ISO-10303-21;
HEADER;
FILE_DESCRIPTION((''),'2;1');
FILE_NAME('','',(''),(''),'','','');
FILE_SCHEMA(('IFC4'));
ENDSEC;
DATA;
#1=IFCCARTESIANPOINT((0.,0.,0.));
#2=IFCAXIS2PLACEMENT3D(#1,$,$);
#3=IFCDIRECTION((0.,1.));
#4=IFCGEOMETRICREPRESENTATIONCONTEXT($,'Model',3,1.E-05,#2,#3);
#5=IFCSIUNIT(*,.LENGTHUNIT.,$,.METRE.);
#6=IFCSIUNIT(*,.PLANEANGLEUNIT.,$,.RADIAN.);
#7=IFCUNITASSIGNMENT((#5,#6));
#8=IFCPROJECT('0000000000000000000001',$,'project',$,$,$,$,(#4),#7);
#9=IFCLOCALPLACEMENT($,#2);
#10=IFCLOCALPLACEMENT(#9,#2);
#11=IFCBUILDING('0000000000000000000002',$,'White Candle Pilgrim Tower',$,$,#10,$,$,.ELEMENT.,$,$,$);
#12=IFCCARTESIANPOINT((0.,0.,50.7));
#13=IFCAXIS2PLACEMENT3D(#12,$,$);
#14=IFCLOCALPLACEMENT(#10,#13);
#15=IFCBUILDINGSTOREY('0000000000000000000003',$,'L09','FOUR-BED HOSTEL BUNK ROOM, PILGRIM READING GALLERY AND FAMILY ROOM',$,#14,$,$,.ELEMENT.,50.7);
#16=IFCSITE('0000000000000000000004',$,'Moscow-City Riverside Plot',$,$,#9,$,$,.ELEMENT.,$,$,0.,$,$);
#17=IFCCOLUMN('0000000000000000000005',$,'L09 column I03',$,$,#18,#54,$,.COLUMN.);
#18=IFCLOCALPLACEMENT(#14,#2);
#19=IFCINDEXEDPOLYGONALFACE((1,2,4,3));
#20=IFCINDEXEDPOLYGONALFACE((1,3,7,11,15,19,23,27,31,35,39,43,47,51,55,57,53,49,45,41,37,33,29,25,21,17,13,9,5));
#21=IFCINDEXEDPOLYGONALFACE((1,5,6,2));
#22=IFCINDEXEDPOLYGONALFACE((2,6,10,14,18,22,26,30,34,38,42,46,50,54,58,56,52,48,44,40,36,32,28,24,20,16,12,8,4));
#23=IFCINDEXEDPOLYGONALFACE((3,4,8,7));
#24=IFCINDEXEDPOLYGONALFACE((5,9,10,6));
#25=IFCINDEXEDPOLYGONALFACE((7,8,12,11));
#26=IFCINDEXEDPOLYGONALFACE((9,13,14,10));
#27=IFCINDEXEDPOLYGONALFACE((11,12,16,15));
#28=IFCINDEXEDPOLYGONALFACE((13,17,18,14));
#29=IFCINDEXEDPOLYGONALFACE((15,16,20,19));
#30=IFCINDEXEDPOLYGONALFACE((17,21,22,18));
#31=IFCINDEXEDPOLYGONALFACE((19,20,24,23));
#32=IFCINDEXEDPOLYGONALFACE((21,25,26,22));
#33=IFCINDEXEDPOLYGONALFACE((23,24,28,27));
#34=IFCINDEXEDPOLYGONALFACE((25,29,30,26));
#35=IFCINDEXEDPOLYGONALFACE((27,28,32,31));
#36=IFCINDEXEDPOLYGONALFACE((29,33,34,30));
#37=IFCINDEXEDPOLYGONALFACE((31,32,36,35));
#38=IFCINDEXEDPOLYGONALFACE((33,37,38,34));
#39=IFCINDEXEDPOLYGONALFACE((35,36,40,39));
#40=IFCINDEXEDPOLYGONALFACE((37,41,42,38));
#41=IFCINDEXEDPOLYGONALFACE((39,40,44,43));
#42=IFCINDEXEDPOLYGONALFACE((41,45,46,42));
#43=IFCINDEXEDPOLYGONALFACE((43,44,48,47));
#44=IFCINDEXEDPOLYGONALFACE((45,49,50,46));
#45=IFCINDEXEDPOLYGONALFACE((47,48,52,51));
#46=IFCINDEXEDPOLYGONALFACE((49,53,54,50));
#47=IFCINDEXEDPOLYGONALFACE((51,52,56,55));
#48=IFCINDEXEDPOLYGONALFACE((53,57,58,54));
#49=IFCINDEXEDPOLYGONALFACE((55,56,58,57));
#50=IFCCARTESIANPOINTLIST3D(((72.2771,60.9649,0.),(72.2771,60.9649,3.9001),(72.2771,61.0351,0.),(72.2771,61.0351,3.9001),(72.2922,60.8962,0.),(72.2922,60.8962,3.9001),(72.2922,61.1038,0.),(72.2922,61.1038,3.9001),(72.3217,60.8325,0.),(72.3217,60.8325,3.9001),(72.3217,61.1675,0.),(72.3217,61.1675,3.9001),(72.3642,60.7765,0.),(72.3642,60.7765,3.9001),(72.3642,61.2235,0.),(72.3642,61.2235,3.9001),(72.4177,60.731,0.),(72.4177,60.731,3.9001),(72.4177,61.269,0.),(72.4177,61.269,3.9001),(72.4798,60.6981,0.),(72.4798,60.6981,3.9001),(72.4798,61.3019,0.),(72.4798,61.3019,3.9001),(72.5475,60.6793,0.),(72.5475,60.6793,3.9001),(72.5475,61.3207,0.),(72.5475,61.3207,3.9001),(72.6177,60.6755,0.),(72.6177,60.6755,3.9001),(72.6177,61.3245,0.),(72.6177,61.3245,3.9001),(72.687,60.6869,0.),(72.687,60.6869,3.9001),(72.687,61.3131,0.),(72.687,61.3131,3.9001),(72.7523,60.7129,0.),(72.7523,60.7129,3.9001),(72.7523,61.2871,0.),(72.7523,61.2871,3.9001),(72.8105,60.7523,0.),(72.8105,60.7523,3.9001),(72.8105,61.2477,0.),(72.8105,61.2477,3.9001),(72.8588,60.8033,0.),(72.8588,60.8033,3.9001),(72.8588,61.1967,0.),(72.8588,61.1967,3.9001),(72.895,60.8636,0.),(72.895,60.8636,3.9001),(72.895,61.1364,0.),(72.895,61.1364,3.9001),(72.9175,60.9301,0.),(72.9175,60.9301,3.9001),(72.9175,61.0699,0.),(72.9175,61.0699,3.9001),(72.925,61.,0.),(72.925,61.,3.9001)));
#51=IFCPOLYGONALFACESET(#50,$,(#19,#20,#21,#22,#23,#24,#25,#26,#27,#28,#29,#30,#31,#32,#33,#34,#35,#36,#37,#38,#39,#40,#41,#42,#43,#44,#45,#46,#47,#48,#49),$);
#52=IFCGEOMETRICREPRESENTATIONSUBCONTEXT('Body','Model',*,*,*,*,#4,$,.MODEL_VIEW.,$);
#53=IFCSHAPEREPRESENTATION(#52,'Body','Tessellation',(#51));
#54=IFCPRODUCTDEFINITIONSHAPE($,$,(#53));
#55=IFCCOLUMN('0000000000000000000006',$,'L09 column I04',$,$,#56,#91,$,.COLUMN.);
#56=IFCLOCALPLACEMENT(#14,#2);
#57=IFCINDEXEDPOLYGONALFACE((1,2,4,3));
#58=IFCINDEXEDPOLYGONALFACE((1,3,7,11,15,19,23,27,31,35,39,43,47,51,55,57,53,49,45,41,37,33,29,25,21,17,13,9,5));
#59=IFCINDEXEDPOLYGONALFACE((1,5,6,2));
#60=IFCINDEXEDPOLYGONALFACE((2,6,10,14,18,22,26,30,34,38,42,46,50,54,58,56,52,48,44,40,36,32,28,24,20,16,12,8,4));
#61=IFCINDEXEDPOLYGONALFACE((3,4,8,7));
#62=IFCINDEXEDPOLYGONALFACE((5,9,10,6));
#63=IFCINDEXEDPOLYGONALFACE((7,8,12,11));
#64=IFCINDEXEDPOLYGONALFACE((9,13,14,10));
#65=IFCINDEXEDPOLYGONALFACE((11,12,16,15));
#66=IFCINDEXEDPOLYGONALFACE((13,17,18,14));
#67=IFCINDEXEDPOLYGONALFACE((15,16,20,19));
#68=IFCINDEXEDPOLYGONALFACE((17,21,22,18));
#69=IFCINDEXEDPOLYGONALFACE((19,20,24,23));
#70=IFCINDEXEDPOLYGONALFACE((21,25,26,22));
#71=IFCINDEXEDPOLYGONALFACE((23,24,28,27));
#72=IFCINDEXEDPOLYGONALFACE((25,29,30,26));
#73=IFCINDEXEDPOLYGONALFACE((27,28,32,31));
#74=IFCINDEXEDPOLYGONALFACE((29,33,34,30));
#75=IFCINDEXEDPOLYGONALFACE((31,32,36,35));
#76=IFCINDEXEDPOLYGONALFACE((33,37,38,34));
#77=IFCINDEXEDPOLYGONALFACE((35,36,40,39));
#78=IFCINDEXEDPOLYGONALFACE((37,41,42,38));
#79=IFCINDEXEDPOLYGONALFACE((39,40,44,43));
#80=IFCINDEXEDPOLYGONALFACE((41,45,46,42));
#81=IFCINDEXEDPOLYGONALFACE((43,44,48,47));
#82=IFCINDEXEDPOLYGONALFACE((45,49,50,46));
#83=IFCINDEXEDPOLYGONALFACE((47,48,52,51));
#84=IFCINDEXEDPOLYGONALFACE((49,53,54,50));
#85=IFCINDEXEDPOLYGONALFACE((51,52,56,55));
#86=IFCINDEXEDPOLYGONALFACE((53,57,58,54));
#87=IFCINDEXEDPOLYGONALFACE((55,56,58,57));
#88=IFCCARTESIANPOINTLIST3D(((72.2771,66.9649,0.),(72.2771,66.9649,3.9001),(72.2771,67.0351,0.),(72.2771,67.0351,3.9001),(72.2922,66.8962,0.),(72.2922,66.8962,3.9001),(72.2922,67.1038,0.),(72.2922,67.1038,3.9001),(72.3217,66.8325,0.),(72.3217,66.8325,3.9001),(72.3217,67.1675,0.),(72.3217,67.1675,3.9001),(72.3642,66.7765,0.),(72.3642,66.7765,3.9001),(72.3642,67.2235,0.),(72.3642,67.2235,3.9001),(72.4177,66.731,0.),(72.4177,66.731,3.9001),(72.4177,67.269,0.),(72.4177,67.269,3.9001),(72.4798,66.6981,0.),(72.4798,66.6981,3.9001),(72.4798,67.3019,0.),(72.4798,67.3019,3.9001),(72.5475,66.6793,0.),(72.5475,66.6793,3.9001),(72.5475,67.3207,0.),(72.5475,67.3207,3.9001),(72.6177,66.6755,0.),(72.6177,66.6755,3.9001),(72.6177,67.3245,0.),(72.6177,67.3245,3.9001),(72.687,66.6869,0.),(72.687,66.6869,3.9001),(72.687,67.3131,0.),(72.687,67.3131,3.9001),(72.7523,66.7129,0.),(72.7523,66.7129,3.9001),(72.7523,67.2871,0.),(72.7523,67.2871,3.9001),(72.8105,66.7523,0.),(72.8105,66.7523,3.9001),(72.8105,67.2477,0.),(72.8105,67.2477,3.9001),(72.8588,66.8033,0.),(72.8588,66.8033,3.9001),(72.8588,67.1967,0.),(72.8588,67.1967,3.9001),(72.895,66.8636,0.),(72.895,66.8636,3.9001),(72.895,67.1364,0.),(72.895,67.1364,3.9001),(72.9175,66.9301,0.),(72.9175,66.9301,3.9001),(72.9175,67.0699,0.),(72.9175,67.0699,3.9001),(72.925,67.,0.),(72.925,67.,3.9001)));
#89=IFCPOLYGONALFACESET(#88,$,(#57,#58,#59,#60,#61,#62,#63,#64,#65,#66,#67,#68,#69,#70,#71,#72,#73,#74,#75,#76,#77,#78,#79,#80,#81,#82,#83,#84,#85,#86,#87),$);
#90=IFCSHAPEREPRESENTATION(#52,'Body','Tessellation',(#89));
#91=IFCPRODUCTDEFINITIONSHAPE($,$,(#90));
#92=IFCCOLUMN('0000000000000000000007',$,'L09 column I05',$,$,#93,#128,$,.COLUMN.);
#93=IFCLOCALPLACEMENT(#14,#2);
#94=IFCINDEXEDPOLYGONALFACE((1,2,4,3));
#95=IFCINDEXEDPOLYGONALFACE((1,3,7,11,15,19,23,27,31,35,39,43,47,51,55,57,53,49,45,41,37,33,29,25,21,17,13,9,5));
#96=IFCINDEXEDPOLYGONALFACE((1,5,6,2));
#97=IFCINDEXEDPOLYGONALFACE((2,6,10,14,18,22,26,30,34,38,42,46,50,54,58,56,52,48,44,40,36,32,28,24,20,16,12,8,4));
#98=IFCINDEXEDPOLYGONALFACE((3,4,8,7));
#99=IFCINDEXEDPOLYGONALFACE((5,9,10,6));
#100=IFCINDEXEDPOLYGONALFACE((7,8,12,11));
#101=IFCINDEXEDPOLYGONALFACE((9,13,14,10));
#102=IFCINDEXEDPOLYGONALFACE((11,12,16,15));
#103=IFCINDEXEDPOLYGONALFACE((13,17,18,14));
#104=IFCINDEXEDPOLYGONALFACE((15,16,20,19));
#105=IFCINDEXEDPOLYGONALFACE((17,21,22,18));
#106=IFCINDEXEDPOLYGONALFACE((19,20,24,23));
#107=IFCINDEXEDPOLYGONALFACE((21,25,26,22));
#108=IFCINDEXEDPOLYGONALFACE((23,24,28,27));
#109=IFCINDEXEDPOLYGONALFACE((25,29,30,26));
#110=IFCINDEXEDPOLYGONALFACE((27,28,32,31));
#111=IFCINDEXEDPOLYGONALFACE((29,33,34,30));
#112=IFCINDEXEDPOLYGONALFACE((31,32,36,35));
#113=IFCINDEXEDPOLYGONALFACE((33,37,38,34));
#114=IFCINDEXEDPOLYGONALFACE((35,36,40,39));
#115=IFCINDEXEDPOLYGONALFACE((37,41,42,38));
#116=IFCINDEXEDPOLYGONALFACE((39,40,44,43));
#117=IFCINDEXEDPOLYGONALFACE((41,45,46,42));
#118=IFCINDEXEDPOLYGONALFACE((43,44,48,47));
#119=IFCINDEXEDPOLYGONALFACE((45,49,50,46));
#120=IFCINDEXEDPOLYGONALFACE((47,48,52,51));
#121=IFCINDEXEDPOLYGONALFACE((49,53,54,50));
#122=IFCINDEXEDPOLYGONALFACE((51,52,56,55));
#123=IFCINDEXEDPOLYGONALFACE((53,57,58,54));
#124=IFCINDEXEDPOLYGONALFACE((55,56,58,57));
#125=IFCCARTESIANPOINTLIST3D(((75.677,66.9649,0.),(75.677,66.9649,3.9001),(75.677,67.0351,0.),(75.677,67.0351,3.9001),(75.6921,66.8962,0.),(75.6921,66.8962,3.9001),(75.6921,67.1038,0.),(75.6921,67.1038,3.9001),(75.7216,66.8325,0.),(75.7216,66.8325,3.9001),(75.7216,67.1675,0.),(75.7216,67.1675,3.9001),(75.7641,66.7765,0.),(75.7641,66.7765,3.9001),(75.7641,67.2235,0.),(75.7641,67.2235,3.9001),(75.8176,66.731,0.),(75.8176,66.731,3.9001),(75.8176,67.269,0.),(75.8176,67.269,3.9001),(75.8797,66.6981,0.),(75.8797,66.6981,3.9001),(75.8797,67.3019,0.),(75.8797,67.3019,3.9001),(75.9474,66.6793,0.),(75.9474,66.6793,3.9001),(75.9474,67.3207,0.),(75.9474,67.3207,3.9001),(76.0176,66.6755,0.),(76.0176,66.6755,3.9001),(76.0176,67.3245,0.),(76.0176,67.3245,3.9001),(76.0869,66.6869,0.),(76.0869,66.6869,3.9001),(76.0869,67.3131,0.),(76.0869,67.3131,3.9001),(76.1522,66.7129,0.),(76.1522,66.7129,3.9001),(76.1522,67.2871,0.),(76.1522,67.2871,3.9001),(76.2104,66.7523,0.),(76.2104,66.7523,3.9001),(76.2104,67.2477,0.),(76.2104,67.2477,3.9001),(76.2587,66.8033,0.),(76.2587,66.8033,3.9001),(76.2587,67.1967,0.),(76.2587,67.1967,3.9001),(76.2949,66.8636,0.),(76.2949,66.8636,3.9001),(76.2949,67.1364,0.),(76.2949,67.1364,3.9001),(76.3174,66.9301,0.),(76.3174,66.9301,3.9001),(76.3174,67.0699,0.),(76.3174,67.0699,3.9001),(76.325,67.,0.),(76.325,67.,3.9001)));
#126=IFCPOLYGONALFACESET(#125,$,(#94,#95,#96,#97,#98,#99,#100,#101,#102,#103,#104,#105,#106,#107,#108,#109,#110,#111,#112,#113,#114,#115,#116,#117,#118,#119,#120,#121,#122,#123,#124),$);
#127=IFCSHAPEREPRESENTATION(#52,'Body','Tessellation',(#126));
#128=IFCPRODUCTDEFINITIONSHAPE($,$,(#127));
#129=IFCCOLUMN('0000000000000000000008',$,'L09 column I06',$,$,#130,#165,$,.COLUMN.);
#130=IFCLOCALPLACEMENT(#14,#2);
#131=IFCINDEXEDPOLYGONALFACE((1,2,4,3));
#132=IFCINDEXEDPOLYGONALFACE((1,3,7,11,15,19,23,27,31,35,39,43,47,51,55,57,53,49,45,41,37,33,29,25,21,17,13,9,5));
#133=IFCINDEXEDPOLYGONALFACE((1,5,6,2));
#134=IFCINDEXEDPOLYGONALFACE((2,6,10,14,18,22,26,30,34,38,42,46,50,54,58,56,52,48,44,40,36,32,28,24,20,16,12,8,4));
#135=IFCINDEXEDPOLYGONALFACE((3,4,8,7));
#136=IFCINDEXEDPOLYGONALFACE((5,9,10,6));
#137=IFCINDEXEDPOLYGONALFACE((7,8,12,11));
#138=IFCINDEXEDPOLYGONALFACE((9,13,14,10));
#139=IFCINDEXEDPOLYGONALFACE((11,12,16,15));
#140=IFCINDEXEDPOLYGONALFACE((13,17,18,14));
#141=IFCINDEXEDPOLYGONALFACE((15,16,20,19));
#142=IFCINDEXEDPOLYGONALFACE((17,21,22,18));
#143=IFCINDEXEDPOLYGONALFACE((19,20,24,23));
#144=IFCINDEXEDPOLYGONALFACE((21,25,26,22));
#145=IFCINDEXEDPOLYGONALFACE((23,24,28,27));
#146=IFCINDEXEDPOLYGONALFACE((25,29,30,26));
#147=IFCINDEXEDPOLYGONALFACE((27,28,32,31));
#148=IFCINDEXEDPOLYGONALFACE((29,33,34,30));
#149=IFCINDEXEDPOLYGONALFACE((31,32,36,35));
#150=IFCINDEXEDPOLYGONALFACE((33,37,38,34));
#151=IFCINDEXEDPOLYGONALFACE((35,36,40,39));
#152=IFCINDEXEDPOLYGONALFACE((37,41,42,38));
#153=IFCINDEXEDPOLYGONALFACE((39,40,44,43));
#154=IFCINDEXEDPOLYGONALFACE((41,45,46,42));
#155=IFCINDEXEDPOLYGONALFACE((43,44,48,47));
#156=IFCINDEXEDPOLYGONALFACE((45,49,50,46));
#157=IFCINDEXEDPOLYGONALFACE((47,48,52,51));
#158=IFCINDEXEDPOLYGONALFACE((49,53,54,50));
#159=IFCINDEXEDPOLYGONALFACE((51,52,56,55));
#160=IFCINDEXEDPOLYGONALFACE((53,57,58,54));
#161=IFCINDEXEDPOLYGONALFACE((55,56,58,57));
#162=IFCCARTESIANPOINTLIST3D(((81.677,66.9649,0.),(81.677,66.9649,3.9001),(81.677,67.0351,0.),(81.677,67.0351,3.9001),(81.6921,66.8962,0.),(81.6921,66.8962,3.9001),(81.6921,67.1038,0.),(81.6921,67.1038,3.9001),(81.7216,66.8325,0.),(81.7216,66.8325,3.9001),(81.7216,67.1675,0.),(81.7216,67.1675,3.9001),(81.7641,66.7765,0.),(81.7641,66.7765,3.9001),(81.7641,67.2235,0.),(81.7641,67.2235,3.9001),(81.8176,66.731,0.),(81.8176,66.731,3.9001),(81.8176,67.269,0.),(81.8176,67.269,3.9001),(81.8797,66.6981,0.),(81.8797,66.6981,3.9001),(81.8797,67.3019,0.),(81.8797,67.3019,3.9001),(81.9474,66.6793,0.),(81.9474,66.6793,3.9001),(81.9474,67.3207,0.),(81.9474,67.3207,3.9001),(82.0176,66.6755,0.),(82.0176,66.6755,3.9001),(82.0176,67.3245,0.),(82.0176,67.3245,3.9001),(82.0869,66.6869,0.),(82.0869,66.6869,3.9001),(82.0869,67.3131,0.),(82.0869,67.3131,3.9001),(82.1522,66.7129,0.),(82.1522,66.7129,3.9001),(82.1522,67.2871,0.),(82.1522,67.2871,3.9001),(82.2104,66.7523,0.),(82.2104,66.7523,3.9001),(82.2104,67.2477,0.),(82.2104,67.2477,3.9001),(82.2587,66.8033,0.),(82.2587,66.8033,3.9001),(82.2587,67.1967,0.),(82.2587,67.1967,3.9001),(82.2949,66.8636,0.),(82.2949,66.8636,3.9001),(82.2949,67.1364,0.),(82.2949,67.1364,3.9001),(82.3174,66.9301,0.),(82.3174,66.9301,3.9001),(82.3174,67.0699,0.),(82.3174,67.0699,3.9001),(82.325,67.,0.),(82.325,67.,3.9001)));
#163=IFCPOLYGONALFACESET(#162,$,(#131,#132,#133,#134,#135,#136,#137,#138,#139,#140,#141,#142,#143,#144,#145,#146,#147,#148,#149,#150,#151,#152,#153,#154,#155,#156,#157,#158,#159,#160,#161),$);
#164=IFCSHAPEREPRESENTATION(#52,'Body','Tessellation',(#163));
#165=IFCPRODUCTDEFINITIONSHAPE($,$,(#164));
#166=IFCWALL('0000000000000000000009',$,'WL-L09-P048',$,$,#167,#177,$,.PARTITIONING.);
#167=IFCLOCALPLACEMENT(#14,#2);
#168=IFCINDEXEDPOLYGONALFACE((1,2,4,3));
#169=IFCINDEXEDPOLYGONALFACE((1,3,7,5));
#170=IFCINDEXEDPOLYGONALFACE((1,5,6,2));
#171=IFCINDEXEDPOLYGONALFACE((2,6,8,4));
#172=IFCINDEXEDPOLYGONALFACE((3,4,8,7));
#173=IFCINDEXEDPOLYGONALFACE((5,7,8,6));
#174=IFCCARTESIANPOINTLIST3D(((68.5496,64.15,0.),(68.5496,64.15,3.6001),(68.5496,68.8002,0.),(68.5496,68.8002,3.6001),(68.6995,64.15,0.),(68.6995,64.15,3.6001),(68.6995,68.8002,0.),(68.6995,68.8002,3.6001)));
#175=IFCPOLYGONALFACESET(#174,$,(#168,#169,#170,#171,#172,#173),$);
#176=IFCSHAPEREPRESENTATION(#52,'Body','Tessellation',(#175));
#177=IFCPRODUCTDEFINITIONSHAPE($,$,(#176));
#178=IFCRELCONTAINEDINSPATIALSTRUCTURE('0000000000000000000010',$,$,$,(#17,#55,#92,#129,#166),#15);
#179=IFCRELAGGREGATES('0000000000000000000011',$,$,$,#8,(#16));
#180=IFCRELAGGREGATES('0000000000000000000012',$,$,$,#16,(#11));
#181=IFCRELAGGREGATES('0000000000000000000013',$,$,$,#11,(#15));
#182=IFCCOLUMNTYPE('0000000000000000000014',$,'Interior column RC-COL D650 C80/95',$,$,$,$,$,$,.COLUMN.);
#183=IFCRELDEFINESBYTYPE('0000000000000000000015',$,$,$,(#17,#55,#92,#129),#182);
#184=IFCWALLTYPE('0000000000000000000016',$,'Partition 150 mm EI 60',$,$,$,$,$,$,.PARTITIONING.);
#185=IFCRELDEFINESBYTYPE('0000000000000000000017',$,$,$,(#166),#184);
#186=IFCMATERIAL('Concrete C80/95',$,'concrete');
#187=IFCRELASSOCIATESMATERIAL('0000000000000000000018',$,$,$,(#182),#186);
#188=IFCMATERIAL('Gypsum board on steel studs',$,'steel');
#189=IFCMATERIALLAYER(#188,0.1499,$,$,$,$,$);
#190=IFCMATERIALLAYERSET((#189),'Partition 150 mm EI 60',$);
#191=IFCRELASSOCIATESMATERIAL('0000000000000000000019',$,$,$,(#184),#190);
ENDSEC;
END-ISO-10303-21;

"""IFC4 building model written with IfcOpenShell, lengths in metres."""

from ifc_helpers import new_model, si_unit, direction, frame, frame_2d, origin, origin_2d, place, context, subcontext, project, spatial, rectangle, circle, extrude, material, layer, layer_set, material_profile, profile_set, type_object, element, save


model = new_model("IFC4")

# Units and contexts
model_context = context("Model", 3, precision=1e-05, world=origin(), true_north=direction((0.0, 1.0)))
body_context = subcontext(model_context, "Body", "Model", "MODEL_VIEW")
ifc_project = project(units=[si_unit("LENGTHUNIT", "METRE"), si_unit("PLANEANGLEUNIT", "RADIAN")], contexts=[model_context])

# Site, building, storey
site_placement = place(None, origin())
site = spatial("IfcSite", under=ifc_project, at=site_placement, Name="Moscow-City Riverside Plot", CompositionType="ELEMENT", RefElevation=0.0)
building_placement = place(site_placement, origin())
building = spatial("IfcBuilding", under=site, at=building_placement, Name="White Candle Pilgrim Tower", CompositionType="ELEMENT")
storey_placement = place(building_placement, frame((0.0, 0.0, 50.7)))
storey = spatial("IfcBuildingStorey", under=building, at=storey_placement, Name="L09", Description="FOUR-BED HOSTEL BUNK ROOM, PILGRIM READING GALLERY AND FAMILY ROOM", CompositionType="ELEMENT", Elevation=50.7)

# Columns
ifc_material_1 = material(Name="Concrete C80/95", Category="concrete")
ifc_material_profile = material_profile(ifc_material_1, circle(Radius=0.325, at=origin_2d()), Name="RC-COL D650")
ifc_profile_set = profile_set([ifc_material_profile], Name="Concrete C80/95")
column_type = type_object("IfcColumnType", Name="Interior column RC-COL D650 C80/95", PredefinedType="COLUMN", material=ifc_profile_set)
for number, where, z_axis, x_axis, name in (
    (1, (72.6001, 61.0, 0.0), (0.0, 0.0, 1.0), (1.0, 0.0, 0.0), "L09 column I03"),
    (2, (72.6001, 67.0, 0.0), (0.0, 0.0, 1.0), (1.0, 0.0, 0.0), "L09 column I04"),
    (3, (76.0, 67.0, 0.0), (0.0, 0.0, 1.0), (1.0, 0.0, 0.0), "L09 column I05"),
    (4, (82.0, 67.0, 0.0), (0.0, 0.0, 1.0), (1.0, 0.0, 0.0), "L09 column I06"),
):
    element("IfcColumn", number, at=place(storey_placement, frame(where, z_axis=z_axis, x_axis=x_axis)), inside=storey, type_object=column_type, Name=name, PredefinedType="COLUMN", context=body_context, shape_type="SweptSolid", body=[
        extrude(circle(Radius=0.325, at=origin_2d()), origin(), (0.0, 0.0, 1.0), 3.9001),
    ])

# Wall
ifc_material_2 = material(Name="Gypsum board on steel studs", Category="steel")
ifc_layer_1 = layer(ifc_material_2, 0.1499)
ifc_layer_set_1 = layer_set([ifc_layer_1], Name="Partition 150 mm EI 60")
wall_type_1 = type_object("IfcWallType", Name="Partition 150 mm EI 60", PredefinedType="PARTITIONING", material=ifc_layer_set_1)
wall_1_placement = place(storey_placement, frame((68.6245, 64.1499, 0.0), z_axis=(0.0, 0.0, 1.0), x_axis=(0.0, 1.0, 0.0)))
element("IfcWall", 5, at=wall_1_placement, inside=storey, type_object=wall_type_1, Name="WL-L09-P048", PredefinedType="PARTITIONING", context=body_context, shape_type="SweptSolid", body=[
    extrude(rectangle(XDim=4.6501, YDim=0.1499, at=frame_2d((2.3252, 0.0))), origin(), (0.0, 0.0, 1.0), 3.6001),
])

save(model, "model.ifc")
